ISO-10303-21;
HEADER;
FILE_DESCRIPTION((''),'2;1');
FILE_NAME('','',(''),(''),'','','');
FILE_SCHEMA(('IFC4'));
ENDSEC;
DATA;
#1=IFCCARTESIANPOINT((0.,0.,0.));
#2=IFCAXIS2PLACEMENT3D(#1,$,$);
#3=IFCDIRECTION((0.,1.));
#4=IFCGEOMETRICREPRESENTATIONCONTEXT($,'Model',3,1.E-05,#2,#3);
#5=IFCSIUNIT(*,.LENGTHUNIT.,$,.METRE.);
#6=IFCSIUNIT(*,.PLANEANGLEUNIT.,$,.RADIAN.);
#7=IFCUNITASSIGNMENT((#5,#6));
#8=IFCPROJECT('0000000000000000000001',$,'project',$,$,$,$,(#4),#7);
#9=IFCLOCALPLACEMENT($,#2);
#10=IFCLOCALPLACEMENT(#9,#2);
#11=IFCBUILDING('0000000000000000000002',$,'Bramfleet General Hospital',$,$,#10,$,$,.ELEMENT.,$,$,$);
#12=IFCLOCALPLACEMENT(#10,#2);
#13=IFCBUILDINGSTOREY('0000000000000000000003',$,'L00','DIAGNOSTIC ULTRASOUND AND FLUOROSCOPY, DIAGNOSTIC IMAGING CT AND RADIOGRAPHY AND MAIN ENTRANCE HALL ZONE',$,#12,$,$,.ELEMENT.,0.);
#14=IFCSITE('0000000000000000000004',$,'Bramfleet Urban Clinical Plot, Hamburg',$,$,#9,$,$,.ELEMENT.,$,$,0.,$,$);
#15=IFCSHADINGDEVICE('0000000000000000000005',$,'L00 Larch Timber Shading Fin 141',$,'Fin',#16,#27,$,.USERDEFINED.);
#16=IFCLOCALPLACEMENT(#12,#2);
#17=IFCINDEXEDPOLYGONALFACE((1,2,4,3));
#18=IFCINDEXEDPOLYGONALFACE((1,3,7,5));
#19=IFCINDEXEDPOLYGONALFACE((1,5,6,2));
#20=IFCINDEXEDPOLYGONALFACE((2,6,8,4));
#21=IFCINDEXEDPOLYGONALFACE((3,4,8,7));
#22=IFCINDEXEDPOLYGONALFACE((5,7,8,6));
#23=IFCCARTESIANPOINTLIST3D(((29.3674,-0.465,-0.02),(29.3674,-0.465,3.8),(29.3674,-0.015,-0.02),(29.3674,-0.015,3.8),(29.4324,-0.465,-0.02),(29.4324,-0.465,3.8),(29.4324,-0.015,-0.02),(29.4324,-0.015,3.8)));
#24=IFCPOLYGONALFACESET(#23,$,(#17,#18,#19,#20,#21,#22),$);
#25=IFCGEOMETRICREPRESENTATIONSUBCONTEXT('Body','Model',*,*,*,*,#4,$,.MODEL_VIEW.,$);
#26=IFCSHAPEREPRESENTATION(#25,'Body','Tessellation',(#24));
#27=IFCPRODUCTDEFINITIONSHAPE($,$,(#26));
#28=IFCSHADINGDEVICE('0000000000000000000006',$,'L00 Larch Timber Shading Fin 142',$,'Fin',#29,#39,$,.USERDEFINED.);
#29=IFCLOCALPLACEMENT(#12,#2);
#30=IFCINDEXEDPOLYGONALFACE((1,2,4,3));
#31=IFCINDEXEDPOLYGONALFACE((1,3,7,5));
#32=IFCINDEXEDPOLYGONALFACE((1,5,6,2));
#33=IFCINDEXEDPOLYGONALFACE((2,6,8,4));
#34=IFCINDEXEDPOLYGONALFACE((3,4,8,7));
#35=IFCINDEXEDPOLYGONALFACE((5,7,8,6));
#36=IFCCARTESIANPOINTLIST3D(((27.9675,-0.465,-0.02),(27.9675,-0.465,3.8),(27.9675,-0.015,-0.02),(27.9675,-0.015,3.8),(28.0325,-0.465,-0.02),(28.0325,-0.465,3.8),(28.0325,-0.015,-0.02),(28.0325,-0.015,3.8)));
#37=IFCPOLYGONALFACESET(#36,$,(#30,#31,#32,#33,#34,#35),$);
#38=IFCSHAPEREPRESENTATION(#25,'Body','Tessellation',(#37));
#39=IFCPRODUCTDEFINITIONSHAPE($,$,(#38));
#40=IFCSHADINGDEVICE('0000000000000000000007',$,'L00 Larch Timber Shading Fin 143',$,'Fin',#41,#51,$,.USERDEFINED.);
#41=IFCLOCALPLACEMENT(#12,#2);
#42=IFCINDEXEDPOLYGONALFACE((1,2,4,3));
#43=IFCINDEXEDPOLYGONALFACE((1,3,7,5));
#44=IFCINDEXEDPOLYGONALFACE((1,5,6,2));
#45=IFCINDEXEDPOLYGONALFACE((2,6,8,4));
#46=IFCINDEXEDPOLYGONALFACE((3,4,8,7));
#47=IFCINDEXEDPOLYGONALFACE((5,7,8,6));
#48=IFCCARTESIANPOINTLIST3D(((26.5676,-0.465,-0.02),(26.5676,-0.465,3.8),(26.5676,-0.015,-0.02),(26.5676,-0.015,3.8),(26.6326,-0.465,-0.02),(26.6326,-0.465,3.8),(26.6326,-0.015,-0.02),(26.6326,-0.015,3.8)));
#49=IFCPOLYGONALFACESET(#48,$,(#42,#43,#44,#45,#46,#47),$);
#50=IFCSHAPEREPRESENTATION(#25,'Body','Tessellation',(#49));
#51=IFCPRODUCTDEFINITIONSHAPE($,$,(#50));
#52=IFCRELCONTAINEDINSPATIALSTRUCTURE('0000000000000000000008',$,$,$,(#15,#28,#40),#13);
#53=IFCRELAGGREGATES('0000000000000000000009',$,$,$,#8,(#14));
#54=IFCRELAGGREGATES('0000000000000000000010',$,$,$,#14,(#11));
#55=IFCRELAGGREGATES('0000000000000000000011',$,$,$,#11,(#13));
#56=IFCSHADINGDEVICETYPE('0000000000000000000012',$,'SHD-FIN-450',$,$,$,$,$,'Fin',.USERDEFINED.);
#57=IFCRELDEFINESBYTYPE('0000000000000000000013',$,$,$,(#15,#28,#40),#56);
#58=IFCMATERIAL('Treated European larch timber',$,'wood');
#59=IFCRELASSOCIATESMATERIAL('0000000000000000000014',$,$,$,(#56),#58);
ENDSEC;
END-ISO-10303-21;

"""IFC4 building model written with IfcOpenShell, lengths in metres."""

from ifc_helpers import new_model, si_unit, direction, frame, origin, origin_2d, place, context, subcontext, project, spatial, rectangle, extrude, material, material_profile, profile_set, type_object, element, save


model = new_model("IFC4")

# Units and contexts
model_context = context("Model", 3, precision=1e-05, world=origin(), true_north=direction((0.0, 1.0)))
body_context = subcontext(model_context, "Body", "Model", "MODEL_VIEW")
ifc_project = project(units=[si_unit("LENGTHUNIT", "METRE"), si_unit("PLANEANGLEUNIT", "RADIAN")], contexts=[model_context])

# Site, building, storey
site_placement = place(None, origin())
site = spatial("IfcSite", under=ifc_project, at=site_placement, Name="Bramfleet Urban Clinical Plot, Hamburg", CompositionType="ELEMENT", RefElevation=0.0)
building_placement = place(site_placement, origin())
building = spatial("IfcBuilding", under=site, at=building_placement, Name="Bramfleet General Hospital", CompositionType="ELEMENT")
storey_placement = place(building_placement, origin())
storey = spatial("IfcBuildingStorey", under=building, at=storey_placement, Name="L00", Description="DIAGNOSTIC ULTRASOUND AND FLUOROSCOPY, DIAGNOSTIC IMAGING CT AND RADIOGRAPHY AND MAIN ENTRANCE HALL ZONE", CompositionType="ELEMENT", Elevation=0.0)

# Shading devices
ifc_material_1 = material(Name="Treated European larch timber", Category="wood")
ifc_material_profile_1 = material_profile(ifc_material_1, rectangle(XDim=0.0649, YDim=0.45, at=origin_2d()), Name="LARCH FIN 450x65")
ifc_profile_set_1 = profile_set([ifc_material_profile_1], Name="Treated European larch timber")
shading_device_type = type_object("IfcShadingDeviceType", Name="SHD-FIN-450", ElementType="Fin", PredefinedType="USERDEFINED", material=ifc_profile_set_1)
for number, where, z_axis, x_axis, name in (
    (1, (29.3999, -0.24, -0.02), (0.0, 0.0, 1.0), (-1.0, 0.0, 0.0), "L00 Larch Timber Shading Fin 141"),
    (2, (28.0, -0.24, -0.02), (0.0, 0.0, 1.0), (-1.0, 0.0, 0.0), "L00 Larch Timber Shading Fin 142"),
    (3, (26.6001, -0.24, -0.02), (0.0, 0.0, 1.0), (-1.0, 0.0, 0.0), "L00 Larch Timber Shading Fin 143"),
):
    element("IfcShadingDevice", number, at=place(storey_placement, frame(where, z_axis=z_axis, x_axis=x_axis)), inside=storey, type_object=shading_device_type, Name=name, ObjectType="Fin", PredefinedType="USERDEFINED", context=body_context, shape_type="SweptSolid", body=[
        extrude(rectangle(XDim=0.0649, YDim=0.45, at=origin_2d()), origin(), (0.0, 0.0, 1.0), 3.8201),
    ])

save(model, "model.ifc")
